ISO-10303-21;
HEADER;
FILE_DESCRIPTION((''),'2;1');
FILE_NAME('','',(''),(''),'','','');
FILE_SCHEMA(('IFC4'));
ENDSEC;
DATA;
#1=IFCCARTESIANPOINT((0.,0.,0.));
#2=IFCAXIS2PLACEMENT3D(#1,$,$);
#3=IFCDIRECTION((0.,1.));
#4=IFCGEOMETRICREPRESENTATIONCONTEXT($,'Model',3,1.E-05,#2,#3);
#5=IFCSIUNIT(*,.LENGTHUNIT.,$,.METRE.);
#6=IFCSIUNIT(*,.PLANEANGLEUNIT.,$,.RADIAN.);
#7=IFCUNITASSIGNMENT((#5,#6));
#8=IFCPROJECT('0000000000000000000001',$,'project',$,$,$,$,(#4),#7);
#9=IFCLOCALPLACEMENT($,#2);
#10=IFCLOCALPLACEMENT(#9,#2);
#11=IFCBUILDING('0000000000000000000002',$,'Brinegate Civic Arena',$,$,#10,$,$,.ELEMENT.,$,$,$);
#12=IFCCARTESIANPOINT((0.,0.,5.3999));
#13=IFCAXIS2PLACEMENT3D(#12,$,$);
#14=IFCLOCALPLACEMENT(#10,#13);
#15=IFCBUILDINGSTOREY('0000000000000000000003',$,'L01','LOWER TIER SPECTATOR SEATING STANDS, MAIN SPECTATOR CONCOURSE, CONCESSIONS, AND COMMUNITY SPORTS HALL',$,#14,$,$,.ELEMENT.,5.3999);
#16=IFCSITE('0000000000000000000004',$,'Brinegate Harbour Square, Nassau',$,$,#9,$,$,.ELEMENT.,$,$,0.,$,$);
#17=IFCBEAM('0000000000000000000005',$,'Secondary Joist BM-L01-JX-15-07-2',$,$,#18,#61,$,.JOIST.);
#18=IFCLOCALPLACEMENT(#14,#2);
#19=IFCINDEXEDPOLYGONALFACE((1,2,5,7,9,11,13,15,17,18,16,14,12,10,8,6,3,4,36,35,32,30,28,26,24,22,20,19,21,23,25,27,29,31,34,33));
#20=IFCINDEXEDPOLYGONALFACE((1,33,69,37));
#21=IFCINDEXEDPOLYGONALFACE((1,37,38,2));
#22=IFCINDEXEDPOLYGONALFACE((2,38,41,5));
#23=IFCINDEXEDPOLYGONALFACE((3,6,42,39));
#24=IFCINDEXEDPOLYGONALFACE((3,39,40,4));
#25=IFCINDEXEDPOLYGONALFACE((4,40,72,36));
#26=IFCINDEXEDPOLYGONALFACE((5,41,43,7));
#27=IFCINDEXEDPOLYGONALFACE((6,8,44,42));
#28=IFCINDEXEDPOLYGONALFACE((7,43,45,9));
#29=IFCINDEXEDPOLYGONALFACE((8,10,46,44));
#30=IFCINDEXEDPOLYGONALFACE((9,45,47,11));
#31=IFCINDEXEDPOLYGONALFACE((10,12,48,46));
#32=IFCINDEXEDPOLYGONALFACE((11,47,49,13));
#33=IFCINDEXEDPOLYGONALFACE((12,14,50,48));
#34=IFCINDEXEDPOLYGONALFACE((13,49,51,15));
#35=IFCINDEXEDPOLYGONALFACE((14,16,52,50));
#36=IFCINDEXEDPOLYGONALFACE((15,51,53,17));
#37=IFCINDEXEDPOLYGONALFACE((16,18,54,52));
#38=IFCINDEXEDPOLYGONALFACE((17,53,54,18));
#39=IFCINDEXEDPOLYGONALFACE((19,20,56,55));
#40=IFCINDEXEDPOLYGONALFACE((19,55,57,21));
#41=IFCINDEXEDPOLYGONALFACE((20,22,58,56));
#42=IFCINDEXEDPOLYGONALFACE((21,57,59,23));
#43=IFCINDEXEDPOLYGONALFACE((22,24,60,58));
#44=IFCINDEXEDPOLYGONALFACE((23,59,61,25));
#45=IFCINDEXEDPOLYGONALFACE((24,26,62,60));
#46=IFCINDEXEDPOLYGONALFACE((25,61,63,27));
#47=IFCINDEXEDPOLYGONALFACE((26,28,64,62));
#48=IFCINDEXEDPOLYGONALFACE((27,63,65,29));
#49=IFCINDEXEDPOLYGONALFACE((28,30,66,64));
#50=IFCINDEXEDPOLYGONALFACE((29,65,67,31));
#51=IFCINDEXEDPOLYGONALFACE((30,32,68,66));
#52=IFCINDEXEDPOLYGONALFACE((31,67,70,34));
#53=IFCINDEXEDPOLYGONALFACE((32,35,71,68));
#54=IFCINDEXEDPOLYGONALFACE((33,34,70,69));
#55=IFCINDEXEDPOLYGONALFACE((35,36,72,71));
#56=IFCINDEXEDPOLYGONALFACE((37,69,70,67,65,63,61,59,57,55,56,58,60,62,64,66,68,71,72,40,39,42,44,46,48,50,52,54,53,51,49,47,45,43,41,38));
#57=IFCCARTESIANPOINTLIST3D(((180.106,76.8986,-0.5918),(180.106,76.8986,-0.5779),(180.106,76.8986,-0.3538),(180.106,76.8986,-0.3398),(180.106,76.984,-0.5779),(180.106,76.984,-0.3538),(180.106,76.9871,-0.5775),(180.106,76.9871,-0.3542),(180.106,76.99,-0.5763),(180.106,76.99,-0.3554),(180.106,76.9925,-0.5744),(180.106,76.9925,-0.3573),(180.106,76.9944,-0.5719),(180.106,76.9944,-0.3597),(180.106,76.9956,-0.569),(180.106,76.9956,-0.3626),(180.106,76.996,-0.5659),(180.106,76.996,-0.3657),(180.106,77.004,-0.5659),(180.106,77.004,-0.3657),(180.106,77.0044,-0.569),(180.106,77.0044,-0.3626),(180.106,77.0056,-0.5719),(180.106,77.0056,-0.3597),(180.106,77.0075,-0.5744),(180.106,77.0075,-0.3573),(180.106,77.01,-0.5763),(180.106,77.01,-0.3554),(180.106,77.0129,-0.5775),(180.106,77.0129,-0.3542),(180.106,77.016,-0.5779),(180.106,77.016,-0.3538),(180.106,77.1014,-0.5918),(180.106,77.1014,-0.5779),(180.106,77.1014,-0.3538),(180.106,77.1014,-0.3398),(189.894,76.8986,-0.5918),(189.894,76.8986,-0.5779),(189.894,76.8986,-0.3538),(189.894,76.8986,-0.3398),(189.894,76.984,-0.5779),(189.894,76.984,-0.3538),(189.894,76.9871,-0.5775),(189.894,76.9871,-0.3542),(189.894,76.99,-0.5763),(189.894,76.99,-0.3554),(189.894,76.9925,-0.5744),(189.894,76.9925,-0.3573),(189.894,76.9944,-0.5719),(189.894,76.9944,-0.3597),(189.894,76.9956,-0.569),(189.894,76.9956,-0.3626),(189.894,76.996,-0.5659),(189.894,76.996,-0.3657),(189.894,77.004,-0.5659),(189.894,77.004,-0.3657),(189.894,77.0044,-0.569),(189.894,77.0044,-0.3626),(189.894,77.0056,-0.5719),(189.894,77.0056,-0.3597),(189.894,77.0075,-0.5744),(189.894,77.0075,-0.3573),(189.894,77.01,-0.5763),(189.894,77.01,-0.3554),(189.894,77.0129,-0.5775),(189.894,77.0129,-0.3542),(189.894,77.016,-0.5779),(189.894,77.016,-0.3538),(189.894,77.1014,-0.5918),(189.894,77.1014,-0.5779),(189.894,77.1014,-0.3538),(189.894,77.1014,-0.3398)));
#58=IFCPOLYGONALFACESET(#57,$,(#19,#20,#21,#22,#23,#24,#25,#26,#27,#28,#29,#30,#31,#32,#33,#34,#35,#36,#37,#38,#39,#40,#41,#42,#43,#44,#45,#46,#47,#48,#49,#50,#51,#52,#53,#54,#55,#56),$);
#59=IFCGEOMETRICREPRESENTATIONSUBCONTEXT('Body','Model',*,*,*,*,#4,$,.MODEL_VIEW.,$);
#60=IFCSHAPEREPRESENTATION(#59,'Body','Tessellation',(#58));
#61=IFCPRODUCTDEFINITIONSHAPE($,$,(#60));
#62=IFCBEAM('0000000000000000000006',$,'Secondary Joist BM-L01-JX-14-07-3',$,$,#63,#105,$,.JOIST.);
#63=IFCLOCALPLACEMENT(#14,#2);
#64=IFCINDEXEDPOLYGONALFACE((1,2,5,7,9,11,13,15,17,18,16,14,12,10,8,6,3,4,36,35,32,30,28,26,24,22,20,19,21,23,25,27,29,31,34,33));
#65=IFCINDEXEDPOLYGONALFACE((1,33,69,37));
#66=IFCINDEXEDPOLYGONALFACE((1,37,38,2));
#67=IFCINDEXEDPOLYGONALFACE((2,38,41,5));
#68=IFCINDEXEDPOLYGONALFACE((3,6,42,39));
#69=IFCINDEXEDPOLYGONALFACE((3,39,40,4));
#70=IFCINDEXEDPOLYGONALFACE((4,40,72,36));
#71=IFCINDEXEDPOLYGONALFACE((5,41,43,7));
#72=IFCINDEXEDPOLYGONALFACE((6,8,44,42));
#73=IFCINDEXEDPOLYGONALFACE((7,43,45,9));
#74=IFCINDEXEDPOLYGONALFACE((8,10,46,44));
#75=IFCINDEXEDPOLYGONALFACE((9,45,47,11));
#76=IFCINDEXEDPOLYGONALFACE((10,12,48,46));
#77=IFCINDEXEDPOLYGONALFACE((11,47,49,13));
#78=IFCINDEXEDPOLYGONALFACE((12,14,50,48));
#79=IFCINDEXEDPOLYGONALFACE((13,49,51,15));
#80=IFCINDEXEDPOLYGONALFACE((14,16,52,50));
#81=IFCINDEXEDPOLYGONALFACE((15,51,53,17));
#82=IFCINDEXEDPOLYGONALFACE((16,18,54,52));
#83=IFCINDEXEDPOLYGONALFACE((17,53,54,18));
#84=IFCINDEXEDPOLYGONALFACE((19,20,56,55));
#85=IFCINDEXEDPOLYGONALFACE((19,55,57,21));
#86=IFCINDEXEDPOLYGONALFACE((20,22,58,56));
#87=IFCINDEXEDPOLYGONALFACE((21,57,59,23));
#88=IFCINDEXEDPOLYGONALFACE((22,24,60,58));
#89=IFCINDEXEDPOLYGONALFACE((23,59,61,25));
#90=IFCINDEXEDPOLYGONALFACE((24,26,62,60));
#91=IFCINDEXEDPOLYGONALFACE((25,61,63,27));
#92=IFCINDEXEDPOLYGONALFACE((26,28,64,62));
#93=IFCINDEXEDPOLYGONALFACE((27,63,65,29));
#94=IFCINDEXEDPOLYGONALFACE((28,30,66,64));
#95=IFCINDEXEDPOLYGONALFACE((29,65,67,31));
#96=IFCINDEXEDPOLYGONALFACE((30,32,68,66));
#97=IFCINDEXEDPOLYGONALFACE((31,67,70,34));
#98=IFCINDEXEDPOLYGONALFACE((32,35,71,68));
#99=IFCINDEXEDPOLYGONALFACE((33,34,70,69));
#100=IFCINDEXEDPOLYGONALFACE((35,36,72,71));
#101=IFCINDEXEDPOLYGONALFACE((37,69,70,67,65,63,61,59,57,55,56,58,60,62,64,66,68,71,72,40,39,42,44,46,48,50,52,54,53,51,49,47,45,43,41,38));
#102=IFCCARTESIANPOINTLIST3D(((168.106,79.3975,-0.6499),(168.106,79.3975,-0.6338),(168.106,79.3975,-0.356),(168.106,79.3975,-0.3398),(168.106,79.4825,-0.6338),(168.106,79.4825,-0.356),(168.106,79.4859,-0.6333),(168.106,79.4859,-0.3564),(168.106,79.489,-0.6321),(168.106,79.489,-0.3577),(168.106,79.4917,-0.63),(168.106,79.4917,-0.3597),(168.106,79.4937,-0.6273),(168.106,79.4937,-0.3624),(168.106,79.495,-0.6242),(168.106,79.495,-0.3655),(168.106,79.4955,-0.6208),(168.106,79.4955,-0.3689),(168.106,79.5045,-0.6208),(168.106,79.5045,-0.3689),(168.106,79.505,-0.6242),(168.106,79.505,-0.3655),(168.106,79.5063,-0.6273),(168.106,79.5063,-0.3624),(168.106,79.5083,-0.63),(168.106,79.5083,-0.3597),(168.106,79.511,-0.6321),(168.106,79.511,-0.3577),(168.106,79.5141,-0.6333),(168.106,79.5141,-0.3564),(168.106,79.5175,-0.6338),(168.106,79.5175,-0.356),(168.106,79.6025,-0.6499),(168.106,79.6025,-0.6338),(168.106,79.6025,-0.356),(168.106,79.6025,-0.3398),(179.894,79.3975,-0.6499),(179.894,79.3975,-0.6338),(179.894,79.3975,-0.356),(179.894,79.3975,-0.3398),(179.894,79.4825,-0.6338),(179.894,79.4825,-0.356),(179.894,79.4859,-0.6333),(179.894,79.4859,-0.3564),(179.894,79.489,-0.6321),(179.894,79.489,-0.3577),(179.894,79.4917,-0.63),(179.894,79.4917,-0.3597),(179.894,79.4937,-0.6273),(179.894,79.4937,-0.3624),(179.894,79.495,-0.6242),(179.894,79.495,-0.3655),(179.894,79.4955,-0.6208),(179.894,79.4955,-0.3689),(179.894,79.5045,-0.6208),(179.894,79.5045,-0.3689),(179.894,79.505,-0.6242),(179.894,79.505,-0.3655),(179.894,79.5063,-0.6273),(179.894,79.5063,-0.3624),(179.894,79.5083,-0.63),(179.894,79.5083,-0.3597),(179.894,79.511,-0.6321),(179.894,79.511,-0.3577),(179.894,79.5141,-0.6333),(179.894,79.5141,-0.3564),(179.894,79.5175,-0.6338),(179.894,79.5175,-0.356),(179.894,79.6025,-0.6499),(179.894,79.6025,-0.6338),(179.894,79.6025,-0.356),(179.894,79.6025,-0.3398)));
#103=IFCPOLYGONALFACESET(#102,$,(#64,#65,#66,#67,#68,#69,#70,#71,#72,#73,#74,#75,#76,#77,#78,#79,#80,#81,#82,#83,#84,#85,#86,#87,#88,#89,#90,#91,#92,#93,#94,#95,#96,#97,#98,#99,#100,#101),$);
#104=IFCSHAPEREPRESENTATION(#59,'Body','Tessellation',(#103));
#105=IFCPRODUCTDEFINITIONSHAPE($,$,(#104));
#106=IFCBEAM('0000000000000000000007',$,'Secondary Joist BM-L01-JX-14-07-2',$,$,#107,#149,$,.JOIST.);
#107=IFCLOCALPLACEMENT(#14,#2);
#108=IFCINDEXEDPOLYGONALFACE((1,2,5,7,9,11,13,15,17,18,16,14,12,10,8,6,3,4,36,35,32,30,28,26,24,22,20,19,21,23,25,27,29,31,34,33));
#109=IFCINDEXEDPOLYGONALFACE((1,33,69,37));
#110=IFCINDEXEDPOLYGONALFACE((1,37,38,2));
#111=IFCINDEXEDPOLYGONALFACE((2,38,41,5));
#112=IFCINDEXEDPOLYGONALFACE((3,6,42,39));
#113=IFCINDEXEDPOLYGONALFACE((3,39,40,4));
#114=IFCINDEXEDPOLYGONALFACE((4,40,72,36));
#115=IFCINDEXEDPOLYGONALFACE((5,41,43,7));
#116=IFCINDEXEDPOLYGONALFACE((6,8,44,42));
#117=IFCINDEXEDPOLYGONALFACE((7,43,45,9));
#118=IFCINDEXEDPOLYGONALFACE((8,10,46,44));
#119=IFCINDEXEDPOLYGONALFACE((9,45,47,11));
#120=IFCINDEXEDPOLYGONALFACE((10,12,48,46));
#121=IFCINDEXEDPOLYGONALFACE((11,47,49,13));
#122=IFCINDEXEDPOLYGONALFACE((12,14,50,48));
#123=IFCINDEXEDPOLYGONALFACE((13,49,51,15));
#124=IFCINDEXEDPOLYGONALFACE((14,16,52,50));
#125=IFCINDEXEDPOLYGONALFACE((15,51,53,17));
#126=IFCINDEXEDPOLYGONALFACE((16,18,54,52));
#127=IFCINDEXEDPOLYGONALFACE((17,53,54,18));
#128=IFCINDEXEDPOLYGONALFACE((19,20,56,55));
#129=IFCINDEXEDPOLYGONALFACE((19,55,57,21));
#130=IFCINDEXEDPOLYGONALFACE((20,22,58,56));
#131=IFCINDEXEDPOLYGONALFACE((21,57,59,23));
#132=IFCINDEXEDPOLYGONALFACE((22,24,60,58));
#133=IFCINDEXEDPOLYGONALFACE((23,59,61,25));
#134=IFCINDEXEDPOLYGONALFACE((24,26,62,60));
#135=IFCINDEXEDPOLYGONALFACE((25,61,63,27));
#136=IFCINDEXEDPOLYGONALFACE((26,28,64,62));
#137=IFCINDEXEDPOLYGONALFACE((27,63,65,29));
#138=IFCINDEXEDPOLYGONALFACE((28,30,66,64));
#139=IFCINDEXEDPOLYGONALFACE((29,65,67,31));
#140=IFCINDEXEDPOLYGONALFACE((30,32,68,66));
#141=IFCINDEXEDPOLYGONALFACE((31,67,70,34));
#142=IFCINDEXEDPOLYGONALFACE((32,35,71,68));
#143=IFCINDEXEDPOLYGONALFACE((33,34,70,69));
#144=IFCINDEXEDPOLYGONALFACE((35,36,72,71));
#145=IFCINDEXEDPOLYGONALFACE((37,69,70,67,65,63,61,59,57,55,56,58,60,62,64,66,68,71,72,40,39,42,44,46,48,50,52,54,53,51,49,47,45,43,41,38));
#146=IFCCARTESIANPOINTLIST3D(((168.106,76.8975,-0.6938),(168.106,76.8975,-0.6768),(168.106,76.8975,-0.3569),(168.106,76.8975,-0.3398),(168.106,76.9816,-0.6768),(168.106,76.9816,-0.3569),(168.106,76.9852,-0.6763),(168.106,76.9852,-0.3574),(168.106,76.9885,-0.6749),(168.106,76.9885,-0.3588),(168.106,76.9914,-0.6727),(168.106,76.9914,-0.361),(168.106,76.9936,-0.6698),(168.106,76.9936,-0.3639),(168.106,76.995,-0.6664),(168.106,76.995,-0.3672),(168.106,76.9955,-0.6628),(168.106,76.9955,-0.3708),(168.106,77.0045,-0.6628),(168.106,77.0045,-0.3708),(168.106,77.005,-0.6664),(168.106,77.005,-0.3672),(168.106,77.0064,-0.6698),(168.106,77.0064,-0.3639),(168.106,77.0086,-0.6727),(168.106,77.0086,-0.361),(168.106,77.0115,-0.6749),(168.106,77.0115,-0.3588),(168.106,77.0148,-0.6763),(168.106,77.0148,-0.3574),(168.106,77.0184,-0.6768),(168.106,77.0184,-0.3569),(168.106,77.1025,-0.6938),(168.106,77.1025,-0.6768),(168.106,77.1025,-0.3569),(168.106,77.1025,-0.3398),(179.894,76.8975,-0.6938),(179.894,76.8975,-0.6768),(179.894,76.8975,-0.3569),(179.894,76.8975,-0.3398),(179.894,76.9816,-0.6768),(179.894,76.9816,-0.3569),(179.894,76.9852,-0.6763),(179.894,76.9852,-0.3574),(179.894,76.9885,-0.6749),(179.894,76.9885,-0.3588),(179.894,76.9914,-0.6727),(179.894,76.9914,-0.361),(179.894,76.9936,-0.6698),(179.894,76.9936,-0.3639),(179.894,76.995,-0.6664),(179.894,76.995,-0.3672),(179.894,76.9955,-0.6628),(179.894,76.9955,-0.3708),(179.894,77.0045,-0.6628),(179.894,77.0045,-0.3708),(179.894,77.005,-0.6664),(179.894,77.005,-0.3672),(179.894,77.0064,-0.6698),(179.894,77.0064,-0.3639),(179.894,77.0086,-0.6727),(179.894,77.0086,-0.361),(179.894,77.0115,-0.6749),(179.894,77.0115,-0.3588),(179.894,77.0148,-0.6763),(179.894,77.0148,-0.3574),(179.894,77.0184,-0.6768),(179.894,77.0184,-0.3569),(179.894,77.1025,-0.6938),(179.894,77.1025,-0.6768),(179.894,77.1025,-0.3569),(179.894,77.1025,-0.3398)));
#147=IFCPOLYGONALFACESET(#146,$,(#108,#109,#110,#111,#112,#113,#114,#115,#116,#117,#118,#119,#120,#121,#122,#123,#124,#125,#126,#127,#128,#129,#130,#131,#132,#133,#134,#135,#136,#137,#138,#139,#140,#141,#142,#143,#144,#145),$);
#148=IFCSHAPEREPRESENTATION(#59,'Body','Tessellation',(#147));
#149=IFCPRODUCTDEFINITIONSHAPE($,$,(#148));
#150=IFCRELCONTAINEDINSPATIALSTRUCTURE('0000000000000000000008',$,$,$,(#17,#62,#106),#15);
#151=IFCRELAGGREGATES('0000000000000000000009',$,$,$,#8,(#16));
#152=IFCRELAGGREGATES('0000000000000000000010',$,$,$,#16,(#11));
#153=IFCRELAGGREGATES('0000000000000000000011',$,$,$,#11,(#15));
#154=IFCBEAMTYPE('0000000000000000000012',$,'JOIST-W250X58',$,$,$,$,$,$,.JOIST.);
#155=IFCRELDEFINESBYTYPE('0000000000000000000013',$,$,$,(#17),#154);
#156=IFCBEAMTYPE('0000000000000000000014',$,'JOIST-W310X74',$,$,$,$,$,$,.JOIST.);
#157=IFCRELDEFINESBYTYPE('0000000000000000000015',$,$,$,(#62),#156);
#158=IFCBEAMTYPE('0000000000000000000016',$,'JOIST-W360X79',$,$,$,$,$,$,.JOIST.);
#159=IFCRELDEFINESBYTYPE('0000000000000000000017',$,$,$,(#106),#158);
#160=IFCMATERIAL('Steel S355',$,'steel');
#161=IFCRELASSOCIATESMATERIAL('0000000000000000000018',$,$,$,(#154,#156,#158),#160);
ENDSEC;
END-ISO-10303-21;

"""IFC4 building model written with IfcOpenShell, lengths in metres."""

from ifc_helpers import new_model, si_unit, direction, frame, origin, origin_2d, place, context, subcontext, project, spatial, i_section, extrude, material, material_profile, profile_set, type_object, element, save


model = new_model("IFC4")

# Units and contexts
model_context = context("Model", 3, precision=1e-05, world=origin(), true_north=direction((0.0, 1.0)))
body_context = subcontext(model_context, "Body", "Model", "MODEL_VIEW")
ifc_project = project(units=[si_unit("LENGTHUNIT", "METRE"), si_unit("PLANEANGLEUNIT", "RADIAN")], contexts=[model_context])

# Site, building, storey
site_placement = place(None, origin())
site = spatial("IfcSite", under=ifc_project, at=site_placement, Name="Brinegate Harbour Square, Nassau", CompositionType="ELEMENT", RefElevation=0.0)
building_placement = place(site_placement, origin())
building = spatial("IfcBuilding", under=site, at=building_placement, Name="Brinegate Civic Arena", CompositionType="ELEMENT")
storey_placement = place(building_placement, frame((0.0, 0.0, 5.3999)))
storey = spatial("IfcBuildingStorey", under=building, at=storey_placement, Name="L01", Description="LOWER TIER SPECTATOR SEATING STANDS, MAIN SPECTATOR CONCOURSE, CONCESSIONS, AND COMMUNITY SPORTS HALL", CompositionType="ELEMENT", Elevation=5.3999)

# Beams
ifc_material_1 = material(Name="Steel S355", Category="steel")
ifc_material_profile_1 = material_profile(ifc_material_1, i_section(OverallWidth=0.2029, OverallDepth=0.252, WebThickness=0.0081, FlangeThickness=0.0139, FilletRadius=0.012, at=origin_2d()), Name="W250X58")
ifc_profile_set_1 = profile_set([ifc_material_profile_1], Name="Steel S355")
beam_type_1 = type_object("IfcBeamType", Name="JOIST-W250X58", PredefinedType="JOIST", material=ifc_profile_set_1)
beam_1_placement = place(storey_placement, frame((180.106, 77.0, -0.4658), z_axis=(1.0, 0.0, 0.0), x_axis=(0.0, 1.0, 0.0)))
element("IfcBeam", 1, at=beam_1_placement, inside=storey, type_object=beam_type_1, Name="Secondary Joist BM-L01-JX-15-07-2", PredefinedType="JOIST", context=body_context, shape_type="SweptSolid", body=[
    extrude(i_section(OverallWidth=0.2029, OverallDepth=0.252, WebThickness=0.0081, FlangeThickness=0.0139, FilletRadius=0.012, at=origin_2d()), origin(), (0.0, 0.0, 1.0), 9.7881),
])
ifc_material_profile_2 = material_profile(ifc_material_1, i_section(OverallWidth=0.2051, OverallDepth=0.3101, WebThickness=0.009, FlangeThickness=0.0161, FilletRadius=0.0129, at=origin_2d()), Name="W310X74")
ifc_profile_set_2 = profile_set([ifc_material_profile_2], Name="Steel S355")
beam_type_2 = type_object("IfcBeamType", Name="JOIST-W310X74", PredefinedType="JOIST", material=ifc_profile_set_2)
beam_2_placement = place(storey_placement, frame((168.106, 79.5, -0.4949), z_axis=(1.0, 0.0, 0.0), x_axis=(0.0, 1.0, 0.0)))
element("IfcBeam", 2, at=beam_2_placement, inside=storey, type_object=beam_type_2, Name="Secondary Joist BM-L01-JX-14-07-3", PredefinedType="JOIST", context=body_context, shape_type="SweptSolid", body=[
    extrude(i_section(OverallWidth=0.2051, OverallDepth=0.3101, WebThickness=0.009, FlangeThickness=0.0161, FilletRadius=0.0129, at=origin_2d()), origin(), (0.0, 0.0, 1.0), 11.7881),
])
ifc_material_profile_3 = material_profile(ifc_material_1, i_section(OverallWidth=0.2051, OverallDepth=0.354, WebThickness=0.009, FlangeThickness=0.0171, FilletRadius=0.0139, at=origin_2d()), Name="W360X79")
ifc_profile_set_3 = profile_set([ifc_material_profile_3], Name="Steel S355")
beam_type_3 = type_object("IfcBeamType", Name="JOIST-W360X79", PredefinedType="JOIST", material=ifc_profile_set_3)
beam_3_placement = place(storey_placement, frame((168.106, 77.0, -0.5168), z_axis=(1.0, 0.0, 0.0), x_axis=(0.0, 1.0, 0.0)))
element("IfcBeam", 3, at=beam_3_placement, inside=storey, type_object=beam_type_3, Name="Secondary Joist BM-L01-JX-14-07-2", PredefinedType="JOIST", context=body_context, shape_type="SweptSolid", body=[
    extrude(i_section(OverallWidth=0.2051, OverallDepth=0.354, WebThickness=0.009, FlangeThickness=0.0171, FilletRadius=0.0139, at=origin_2d()), origin(), (0.0, 0.0, 1.0), 11.7881),
])

save(model, "model.ifc")
